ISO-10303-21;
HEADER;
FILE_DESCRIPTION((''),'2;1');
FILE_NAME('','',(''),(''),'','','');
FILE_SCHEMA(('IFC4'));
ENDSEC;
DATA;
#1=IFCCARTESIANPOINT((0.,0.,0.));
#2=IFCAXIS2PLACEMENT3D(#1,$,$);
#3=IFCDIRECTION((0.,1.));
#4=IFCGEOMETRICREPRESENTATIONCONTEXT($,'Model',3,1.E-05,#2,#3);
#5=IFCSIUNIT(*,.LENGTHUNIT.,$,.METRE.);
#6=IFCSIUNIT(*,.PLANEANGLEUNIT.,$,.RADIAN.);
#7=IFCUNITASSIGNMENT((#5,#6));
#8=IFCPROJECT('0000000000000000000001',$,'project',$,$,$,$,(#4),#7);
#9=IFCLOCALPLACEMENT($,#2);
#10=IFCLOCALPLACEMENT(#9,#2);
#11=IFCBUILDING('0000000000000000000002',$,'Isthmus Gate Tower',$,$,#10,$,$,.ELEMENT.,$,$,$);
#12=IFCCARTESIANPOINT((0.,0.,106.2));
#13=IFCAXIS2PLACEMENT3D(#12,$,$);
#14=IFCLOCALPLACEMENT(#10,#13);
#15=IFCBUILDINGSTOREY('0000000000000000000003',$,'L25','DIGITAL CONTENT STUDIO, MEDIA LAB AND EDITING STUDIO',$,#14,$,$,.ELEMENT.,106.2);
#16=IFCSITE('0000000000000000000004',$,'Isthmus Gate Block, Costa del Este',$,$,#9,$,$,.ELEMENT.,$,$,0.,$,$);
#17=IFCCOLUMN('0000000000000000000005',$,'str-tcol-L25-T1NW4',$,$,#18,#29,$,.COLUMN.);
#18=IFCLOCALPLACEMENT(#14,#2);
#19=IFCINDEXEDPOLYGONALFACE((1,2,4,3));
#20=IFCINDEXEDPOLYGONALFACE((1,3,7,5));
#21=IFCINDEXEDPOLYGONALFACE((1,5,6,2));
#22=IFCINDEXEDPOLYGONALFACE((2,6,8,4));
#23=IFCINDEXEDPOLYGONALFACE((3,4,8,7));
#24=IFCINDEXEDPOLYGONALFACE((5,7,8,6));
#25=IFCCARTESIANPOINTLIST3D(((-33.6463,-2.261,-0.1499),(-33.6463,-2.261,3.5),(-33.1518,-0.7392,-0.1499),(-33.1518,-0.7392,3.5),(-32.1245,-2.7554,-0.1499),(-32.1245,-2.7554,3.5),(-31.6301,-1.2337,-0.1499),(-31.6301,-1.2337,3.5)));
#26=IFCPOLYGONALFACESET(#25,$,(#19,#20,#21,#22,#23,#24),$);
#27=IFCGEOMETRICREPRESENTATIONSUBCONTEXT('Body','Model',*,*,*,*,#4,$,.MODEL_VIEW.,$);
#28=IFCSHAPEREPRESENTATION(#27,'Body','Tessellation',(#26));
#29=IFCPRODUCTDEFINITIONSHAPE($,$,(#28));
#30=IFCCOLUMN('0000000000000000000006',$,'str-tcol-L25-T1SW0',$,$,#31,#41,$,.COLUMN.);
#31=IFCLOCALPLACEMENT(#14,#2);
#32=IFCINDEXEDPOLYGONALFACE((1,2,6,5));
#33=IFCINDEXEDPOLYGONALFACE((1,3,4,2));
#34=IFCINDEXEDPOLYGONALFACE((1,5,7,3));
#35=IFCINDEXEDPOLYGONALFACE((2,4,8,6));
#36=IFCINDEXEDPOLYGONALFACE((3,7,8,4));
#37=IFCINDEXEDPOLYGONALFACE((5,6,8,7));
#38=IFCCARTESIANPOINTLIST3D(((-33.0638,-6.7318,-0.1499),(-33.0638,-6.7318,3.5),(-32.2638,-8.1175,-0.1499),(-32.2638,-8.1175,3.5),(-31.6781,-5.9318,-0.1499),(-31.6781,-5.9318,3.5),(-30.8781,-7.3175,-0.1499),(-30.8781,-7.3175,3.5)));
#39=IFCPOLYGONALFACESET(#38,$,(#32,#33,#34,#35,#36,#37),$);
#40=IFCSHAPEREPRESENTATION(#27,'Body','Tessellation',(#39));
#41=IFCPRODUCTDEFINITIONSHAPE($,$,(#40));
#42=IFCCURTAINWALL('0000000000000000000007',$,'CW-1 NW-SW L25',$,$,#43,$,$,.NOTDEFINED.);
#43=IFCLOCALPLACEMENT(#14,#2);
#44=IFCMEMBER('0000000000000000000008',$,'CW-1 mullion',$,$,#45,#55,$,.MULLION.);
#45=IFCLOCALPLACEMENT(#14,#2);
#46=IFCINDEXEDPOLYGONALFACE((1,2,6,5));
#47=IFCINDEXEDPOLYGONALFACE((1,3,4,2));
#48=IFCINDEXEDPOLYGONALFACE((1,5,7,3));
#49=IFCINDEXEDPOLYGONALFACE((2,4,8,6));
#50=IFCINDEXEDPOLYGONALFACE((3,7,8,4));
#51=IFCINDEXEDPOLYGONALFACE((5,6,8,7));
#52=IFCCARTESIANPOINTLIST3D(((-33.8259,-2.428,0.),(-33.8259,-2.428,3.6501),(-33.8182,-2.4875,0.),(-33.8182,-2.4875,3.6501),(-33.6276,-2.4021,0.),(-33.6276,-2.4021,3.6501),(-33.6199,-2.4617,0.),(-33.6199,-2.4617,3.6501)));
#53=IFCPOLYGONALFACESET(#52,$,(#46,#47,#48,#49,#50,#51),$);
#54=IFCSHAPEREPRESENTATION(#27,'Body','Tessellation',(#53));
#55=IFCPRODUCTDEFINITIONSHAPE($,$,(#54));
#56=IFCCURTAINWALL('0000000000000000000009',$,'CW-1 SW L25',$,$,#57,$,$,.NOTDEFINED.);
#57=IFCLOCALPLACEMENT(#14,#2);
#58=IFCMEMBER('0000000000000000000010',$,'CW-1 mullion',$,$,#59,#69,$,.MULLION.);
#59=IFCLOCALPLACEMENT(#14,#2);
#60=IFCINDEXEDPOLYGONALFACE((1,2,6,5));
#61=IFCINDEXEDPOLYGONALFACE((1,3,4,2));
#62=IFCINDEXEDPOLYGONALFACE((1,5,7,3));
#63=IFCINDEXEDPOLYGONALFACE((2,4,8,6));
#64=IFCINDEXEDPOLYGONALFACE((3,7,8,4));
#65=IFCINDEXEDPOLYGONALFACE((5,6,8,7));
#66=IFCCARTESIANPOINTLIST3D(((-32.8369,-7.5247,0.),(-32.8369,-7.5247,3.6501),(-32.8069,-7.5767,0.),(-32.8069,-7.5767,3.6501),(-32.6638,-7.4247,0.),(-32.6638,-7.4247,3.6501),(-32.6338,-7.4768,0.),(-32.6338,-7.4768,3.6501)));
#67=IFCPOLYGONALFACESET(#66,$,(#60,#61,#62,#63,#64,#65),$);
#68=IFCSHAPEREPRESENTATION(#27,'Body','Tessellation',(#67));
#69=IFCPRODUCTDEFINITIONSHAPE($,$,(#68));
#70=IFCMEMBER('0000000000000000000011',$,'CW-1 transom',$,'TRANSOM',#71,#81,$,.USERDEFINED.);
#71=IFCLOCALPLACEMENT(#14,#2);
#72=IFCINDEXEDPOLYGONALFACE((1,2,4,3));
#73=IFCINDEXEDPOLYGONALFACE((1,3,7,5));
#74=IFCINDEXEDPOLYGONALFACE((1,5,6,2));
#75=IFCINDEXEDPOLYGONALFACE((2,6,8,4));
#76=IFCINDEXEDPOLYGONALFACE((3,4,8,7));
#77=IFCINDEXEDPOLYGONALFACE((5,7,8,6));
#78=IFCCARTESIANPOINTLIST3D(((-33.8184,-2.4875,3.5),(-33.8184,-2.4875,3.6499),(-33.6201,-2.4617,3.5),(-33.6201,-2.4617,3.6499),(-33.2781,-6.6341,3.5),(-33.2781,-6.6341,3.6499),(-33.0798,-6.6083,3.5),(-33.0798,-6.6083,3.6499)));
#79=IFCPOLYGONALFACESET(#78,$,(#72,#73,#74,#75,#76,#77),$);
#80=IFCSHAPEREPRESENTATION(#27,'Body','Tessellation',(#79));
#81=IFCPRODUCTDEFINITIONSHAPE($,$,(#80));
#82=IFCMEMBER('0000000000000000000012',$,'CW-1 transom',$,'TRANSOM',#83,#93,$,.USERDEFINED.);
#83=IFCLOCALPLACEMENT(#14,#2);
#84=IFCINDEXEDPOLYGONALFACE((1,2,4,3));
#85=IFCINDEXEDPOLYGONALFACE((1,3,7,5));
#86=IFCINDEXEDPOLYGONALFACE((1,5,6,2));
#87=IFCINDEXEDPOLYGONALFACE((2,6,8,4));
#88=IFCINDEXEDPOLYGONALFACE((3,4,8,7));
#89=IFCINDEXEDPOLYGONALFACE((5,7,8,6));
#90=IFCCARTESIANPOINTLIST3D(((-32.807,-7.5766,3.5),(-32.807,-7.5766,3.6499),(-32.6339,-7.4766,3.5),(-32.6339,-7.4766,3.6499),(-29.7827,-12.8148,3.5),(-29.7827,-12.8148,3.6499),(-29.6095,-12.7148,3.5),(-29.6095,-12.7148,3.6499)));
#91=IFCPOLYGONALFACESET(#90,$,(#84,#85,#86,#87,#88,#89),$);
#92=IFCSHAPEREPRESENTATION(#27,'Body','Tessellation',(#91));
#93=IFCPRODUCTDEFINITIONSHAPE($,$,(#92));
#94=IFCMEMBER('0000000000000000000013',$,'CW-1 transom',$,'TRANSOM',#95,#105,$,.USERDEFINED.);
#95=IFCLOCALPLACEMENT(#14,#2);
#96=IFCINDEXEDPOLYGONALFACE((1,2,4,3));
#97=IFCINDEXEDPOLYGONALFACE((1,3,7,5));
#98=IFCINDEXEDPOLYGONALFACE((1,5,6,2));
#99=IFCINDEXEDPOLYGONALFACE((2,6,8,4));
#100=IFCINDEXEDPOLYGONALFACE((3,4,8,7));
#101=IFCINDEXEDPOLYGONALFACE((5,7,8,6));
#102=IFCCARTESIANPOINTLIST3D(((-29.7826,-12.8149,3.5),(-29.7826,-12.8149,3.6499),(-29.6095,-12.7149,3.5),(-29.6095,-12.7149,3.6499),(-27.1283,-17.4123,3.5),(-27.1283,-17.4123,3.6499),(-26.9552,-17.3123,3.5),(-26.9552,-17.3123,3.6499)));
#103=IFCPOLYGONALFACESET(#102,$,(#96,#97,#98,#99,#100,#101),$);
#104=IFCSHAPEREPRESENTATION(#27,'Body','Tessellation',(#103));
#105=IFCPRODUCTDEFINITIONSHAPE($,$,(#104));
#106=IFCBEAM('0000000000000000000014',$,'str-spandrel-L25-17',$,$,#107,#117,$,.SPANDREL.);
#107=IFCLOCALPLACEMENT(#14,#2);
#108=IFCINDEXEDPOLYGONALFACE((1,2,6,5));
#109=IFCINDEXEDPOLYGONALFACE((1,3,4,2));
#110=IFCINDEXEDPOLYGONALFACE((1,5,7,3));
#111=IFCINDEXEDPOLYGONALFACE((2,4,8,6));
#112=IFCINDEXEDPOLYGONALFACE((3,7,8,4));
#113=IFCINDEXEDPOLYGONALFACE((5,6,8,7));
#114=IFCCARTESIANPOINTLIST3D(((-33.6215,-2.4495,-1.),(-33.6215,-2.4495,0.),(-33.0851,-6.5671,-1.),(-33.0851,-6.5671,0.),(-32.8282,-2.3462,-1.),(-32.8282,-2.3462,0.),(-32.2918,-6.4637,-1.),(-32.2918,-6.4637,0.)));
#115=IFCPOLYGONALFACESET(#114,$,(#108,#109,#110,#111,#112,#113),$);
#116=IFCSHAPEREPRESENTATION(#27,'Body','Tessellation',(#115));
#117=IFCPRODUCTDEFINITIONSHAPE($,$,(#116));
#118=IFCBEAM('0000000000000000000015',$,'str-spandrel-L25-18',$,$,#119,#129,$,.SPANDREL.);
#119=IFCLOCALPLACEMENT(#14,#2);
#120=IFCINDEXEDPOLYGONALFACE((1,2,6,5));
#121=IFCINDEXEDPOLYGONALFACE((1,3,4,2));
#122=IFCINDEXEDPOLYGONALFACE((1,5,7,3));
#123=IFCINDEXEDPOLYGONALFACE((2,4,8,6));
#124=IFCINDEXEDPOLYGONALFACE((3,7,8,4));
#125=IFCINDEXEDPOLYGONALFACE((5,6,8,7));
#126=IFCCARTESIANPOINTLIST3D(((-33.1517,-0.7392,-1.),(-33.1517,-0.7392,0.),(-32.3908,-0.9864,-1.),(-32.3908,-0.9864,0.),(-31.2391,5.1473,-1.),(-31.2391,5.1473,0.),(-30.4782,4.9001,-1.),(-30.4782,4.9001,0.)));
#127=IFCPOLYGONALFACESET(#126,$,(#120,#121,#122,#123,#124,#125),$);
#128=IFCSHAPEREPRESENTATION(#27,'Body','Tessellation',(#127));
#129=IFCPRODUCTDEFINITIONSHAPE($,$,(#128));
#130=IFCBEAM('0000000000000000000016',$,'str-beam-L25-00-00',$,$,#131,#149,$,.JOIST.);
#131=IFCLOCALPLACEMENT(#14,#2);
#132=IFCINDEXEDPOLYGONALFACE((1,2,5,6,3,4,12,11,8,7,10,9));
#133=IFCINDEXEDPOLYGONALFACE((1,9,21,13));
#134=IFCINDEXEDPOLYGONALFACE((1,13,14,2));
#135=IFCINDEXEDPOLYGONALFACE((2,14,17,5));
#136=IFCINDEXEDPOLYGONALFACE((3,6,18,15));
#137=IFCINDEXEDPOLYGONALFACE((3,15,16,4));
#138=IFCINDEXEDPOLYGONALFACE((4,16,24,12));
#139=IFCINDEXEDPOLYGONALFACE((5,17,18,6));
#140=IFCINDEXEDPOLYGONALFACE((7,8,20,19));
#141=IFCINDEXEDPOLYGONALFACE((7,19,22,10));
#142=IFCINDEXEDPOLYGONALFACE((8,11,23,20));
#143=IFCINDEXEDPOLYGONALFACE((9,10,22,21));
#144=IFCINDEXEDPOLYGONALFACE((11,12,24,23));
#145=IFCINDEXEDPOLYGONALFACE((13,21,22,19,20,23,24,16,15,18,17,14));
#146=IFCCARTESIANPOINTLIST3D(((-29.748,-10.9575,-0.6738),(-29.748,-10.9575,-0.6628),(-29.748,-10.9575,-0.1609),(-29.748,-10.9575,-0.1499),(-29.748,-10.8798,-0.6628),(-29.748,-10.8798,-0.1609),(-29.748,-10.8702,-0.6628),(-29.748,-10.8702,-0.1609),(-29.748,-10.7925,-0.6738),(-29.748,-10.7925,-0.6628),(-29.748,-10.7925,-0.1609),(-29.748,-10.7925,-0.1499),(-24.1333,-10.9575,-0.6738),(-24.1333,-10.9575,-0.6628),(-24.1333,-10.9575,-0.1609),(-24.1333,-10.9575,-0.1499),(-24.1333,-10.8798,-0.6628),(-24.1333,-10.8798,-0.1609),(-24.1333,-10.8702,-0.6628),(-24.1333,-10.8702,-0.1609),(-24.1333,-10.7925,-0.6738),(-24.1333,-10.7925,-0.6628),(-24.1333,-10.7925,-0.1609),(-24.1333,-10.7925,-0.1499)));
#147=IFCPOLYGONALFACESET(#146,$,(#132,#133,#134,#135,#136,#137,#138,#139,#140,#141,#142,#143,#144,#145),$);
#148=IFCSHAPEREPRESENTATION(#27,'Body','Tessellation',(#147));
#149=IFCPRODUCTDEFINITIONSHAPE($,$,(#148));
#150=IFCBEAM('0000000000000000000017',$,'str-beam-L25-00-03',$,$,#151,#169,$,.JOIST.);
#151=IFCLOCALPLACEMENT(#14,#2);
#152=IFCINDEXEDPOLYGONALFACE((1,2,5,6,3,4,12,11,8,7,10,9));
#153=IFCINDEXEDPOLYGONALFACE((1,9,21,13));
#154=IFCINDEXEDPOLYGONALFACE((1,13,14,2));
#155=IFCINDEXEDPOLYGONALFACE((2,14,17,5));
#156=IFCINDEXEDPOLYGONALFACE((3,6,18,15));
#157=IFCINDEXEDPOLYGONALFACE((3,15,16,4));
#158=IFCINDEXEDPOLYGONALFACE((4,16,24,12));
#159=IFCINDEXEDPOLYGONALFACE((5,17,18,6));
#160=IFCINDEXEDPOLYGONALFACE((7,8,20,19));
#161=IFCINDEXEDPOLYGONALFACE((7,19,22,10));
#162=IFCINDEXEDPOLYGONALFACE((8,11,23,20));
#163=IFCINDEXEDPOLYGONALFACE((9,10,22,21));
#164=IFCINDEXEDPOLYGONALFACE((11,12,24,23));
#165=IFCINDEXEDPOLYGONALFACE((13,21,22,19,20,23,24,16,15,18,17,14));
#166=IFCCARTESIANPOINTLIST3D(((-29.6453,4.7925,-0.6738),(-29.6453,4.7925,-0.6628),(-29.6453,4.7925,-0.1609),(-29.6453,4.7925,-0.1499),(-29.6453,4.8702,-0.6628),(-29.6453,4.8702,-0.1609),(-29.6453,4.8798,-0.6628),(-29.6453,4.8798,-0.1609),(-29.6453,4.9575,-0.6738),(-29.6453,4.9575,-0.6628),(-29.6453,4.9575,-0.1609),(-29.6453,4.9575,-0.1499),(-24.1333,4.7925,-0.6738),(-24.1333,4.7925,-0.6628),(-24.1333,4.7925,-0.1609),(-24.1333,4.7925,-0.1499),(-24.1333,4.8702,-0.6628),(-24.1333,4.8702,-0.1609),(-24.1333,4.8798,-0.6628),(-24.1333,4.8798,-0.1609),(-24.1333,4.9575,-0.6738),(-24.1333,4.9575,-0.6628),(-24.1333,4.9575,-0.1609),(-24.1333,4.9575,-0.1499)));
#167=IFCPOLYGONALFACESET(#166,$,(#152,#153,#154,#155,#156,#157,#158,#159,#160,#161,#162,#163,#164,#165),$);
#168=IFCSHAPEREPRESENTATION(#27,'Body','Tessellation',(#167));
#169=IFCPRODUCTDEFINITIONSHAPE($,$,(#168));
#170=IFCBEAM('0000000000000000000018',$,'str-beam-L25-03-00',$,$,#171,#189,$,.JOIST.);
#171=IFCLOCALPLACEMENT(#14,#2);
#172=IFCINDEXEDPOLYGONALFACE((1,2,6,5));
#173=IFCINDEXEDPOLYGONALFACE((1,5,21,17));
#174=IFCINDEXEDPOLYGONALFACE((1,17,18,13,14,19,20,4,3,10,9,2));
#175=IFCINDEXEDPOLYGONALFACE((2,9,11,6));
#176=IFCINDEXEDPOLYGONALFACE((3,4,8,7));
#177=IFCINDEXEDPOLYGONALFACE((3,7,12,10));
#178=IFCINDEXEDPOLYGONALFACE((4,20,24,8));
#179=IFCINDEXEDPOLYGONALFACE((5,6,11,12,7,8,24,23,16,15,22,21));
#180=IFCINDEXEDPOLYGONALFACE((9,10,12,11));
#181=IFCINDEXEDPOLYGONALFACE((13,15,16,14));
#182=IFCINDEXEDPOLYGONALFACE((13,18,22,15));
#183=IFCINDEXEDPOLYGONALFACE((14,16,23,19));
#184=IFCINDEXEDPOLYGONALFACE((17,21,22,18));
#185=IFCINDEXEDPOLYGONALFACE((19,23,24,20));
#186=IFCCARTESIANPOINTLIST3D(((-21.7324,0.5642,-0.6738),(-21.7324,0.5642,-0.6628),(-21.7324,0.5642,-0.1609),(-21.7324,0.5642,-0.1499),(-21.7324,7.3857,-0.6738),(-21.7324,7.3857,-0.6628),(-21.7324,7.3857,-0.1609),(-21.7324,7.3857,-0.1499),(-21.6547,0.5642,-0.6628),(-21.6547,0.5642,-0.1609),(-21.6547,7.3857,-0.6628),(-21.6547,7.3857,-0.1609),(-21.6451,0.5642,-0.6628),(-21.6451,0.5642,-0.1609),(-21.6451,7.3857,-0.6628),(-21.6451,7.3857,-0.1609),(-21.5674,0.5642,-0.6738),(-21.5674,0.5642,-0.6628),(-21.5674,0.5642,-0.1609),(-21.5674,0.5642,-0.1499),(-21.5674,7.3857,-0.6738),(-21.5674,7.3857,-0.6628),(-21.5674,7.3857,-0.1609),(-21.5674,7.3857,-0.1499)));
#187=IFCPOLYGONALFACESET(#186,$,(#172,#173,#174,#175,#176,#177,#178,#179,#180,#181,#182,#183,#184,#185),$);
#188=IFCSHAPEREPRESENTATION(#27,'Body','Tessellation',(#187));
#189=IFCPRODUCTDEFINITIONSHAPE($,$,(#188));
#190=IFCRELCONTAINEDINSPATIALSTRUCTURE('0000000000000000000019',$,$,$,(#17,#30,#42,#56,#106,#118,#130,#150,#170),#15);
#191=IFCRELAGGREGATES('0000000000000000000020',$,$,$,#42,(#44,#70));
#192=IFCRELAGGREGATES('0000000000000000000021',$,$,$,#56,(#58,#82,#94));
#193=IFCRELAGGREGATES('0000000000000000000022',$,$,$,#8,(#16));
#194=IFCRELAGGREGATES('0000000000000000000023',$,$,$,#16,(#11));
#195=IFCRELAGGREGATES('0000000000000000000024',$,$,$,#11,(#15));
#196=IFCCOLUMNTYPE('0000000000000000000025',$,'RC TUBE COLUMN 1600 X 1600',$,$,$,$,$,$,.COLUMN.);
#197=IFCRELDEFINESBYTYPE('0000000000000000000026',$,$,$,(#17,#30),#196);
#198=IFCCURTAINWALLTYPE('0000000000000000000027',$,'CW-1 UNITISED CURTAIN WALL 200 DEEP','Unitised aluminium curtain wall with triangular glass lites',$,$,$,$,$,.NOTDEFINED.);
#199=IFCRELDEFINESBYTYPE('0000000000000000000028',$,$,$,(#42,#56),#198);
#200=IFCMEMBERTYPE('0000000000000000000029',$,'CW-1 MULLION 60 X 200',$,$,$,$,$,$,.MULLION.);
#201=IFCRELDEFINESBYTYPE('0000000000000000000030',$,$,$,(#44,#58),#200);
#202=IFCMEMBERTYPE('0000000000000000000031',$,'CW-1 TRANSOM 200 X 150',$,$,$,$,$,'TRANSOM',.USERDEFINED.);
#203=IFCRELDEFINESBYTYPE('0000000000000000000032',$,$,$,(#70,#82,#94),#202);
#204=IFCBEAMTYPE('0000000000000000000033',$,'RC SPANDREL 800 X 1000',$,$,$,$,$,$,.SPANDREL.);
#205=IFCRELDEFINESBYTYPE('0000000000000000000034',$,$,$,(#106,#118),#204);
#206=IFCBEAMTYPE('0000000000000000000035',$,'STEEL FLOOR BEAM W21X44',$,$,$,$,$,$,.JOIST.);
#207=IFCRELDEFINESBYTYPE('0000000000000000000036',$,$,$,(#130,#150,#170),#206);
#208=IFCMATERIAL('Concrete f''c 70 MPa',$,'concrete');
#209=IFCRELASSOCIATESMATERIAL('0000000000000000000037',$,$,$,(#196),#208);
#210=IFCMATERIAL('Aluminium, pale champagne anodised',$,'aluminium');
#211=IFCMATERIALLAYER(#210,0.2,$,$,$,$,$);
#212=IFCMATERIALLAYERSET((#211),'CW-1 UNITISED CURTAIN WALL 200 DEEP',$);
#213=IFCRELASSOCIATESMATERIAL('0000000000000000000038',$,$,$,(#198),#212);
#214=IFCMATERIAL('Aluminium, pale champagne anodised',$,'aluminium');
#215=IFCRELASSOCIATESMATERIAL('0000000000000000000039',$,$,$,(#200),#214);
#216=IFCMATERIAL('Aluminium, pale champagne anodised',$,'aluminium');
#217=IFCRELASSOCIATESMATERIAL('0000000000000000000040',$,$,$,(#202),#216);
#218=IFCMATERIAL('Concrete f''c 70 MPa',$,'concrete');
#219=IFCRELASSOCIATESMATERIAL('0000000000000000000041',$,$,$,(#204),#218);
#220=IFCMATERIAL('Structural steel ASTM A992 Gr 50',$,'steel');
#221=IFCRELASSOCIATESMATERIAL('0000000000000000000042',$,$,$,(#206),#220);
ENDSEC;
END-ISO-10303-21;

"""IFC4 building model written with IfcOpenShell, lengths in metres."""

from ifc_helpers import new_model, si_unit, direction, frame, origin, origin_2d, place, context, subcontext, project, spatial, rectangle, i_section, extrude, material, layer, layer_set, material_profile, profile_set, type_object, element, aggregate, save


model = new_model("IFC4")

# Units and contexts
model_context = context("Model", 3, precision=1e-05, world=origin(), true_north=direction((0.0, 1.0)))
body_context = subcontext(model_context, "Body", "Model", "MODEL_VIEW")
ifc_project = project(units=[si_unit("LENGTHUNIT", "METRE"), si_unit("PLANEANGLEUNIT", "RADIAN")], contexts=[model_context])

# Site, building, storey
site_placement = place(None, origin())
site = spatial("IfcSite", under=ifc_project, at=site_placement, Name="Isthmus Gate Block, Costa del Este", CompositionType="ELEMENT", RefElevation=0.0)
building_placement = place(site_placement, origin())
building = spatial("IfcBuilding", under=site, at=building_placement, Name="Isthmus Gate Tower", CompositionType="ELEMENT")
storey_placement = place(building_placement, frame((0.0, 0.0, 106.2)))
storey = spatial("IfcBuildingStorey", under=building, at=storey_placement, Name="L25", Description="DIGITAL CONTENT STUDIO, MEDIA LAB AND EDITING STUDIO", CompositionType="ELEMENT", Elevation=106.2)

# Columns
ifc_material_1 = material(Name="Concrete f'c 70 MPa", Category="concrete")
ifc_material_profile_1 = material_profile(ifc_material_1, rectangle(XDim=1.6001, YDim=1.6001, at=origin_2d()), Name="RC 1600X1600")
ifc_profile_set_1 = profile_set([ifc_material_profile_1], Name="Concrete f'c 70 MPa")
column_type = type_object("IfcColumnType", Name="RC TUBE COLUMN 1600 X 1600", PredefinedType="COLUMN", material=ifc_profile_set_1)
for number, where, z_axis, x_axis, name in (
    (1, (-32.6382, -1.7473, -0.1499), (0.0, 0.0, 1.0), (-0.309017, -0.951057, 0.0), "str-tcol-L25-T1NW4"),
    (2, (-31.9709, -7.0247, -0.1499), (0.0, 0.0, 1.0), (0.5, -0.866025, 0.0), "str-tcol-L25-T1SW0"),
):
    element("IfcColumn", number, at=place(storey_placement, frame(where, z_axis=z_axis, x_axis=x_axis)), inside=storey, type_object=column_type, Name=name, PredefinedType="COLUMN", context=body_context, shape_type="SweptSolid", body=[
        extrude(rectangle(XDim=1.6001, YDim=1.6001, at=origin_2d()), origin(), (0.0, 0.0, 1.0), 3.6499),
    ])

# Curtain walls, members
ifc_material_2 = material(Name="Aluminium, pale champagne anodised", Category="aluminium")
ifc_layer_1 = layer(ifc_material_2, 0.2)
ifc_layer_set_1 = layer_set([ifc_layer_1], Name="CW-1 UNITISED CURTAIN WALL 200 DEEP")
curtain_wall_type = type_object("IfcCurtainWallType", Name="CW-1 UNITISED CURTAIN WALL 200 DEEP", Description="Unitised aluminium curtain wall with triangular glass lites", PredefinedType="NOTDEFINED", material=ifc_layer_set_1)
curtain_wall_1_placement = place(storey_placement, origin())
curtain_wall_1 = element("IfcCurtainWall", 3, at=curtain_wall_1_placement, inside=storey, type_object=curtain_wall_type, Name="CW-1 NW-SW L25", PredefinedType="NOTDEFINED")
ifc_material_3 = material(Name="Aluminium, pale champagne anodised", Category="aluminium")
ifc_material_profile_2 = material_profile(ifc_material_3, rectangle(XDim=0.0601, YDim=0.2, at=origin_2d()), Name="60x200")
ifc_profile_set_2 = profile_set([ifc_material_profile_2], Name="Aluminium, pale champagne anodised")
member_type_1 = type_object("IfcMemberType", Name="CW-1 MULLION 60 X 200", PredefinedType="MULLION", material=ifc_profile_set_2)
member_1_placement = place(storey_placement, frame((-33.7229, -2.4448, 0.0), z_axis=(0.0, 0.0, 1.0), x_axis=(0.129165, -0.991623, 0.0)))
member_1 = element("IfcMember", 4, at=member_1_placement, type_object=member_type_1, Name="CW-1 mullion", PredefinedType="MULLION", context=body_context, shape_type="SweptSolid", body=[
    extrude(rectangle(XDim=0.0601, YDim=0.2, at=origin_2d()), origin(), (0.0, 0.0, 1.0), 3.6501),
])
curtain_wall_2_placement = place(storey_placement, origin())
curtain_wall_2 = element("IfcCurtainWall", 5, at=curtain_wall_2_placement, inside=storey, type_object=curtain_wall_type, Name="CW-1 SW L25", PredefinedType="NOTDEFINED")
member_2_placement = place(storey_placement, frame((-32.7354, -7.5007, 0.0), z_axis=(0.0, 0.0, 1.0), x_axis=(0.5, -0.866025, 0.0)))
member_2 = element("IfcMember", 6, at=member_2_placement, type_object=member_type_1, Name="CW-1 mullion", PredefinedType="MULLION", context=body_context, shape_type="SweptSolid", body=[
    extrude(rectangle(XDim=0.0601, YDim=0.2, at=origin_2d()), origin(), (0.0, 0.0, 1.0), 3.6501),
])

# Members
ifc_material_4 = material(Name="Aluminium, pale champagne anodised", Category="aluminium")
ifc_material_profile_3 = material_profile(ifc_material_4, rectangle(XDim=0.2, YDim=0.1499, at=origin_2d()), Name="200x150")
ifc_profile_set_3 = profile_set([ifc_material_profile_3], Name="Aluminium, pale champagne anodised")
member_type_2 = type_object("IfcMemberType", Name="CW-1 TRANSOM 200 X 150", ElementType="TRANSOM", PredefinedType="USERDEFINED", material=ifc_profile_set_3)
member_3_placement = place(storey_placement, frame((-33.7192, -2.4746, 3.575), z_axis=(0.129207, -0.991618, 0.0), x_axis=(0.991618, 0.129207, 0.0)))
member_3 = element("IfcMember", 7, at=member_3_placement, type_object=member_type_2, Name="CW-1 transom", ObjectType="TRANSOM", PredefinedType="USERDEFINED", context=body_context, shape_type="SweptSolid", body=[
    extrude(rectangle(XDim=0.2, YDim=0.1499, at=origin_2d()), origin(), (0.0, 0.0, 1.0), 4.1816),
])
member_4_placement = place(storey_placement, frame((-32.7205, -7.5266, 3.575), z_axis=(0.500011, -0.866019, 0.0), x_axis=(0.866019, 0.500011, 0.0)))
member_4 = element("IfcMember", 8, at=member_4_placement, type_object=member_type_2, Name="CW-1 transom", ObjectType="TRANSOM", PredefinedType="USERDEFINED", context=body_context, shape_type="SweptSolid", body=[
    extrude(rectangle(XDim=0.2, YDim=0.1499, at=origin_2d()), origin(), (0.0, 0.0, 1.0), 6.0486),
])
member_5_placement = place(storey_placement, frame((-29.696, -12.7649, 3.575), z_axis=(0.499997, -0.866027, 0.0), x_axis=(0.866027, 0.499997, 0.0)))
member_5 = element("IfcMember", 9, at=member_5_placement, type_object=member_type_2, Name="CW-1 transom", ObjectType="TRANSOM", PredefinedType="USERDEFINED", context=body_context, shape_type="SweptSolid", body=[
    extrude(rectangle(XDim=0.2, YDim=0.1499, at=origin_2d()), origin(), (0.0, 0.0, 1.0), 5.3086),
])

# Beams
ifc_material_5 = material(Name="Concrete f'c 70 MPa", Category="concrete")
ifc_material_profile_4 = material_profile(ifc_material_5, rectangle(XDim=0.8, YDim=1.0, at=origin_2d()), Name="RC 800X1000")
ifc_profile_set_4 = profile_set([ifc_material_profile_4], Name="Concrete f'c 70 MPa")
beam_type_1 = type_object("IfcBeamType", Name="RC SPANDREL 800 X 1000", PredefinedType="SPANDREL", material=ifc_profile_set_4)
beam_1_placement = place(storey_placement, frame((-32.6885, -6.5154, -0.5), z_axis=(-0.129171, 0.991622, 0.0), x_axis=(-0.991622, -0.129171, 0.0)))
element("IfcBeam", 10, at=beam_1_placement, inside=storey, type_object=beam_type_1, Name="str-spandrel-L25-17", PredefinedType="SPANDREL", context=body_context, shape_type="SweptSolid", body=[
    extrude(rectangle(XDim=0.8, YDim=1.0, at=origin_2d()), origin(), (0.0, 0.0, 1.0), 4.1523),
])
beam_2_placement = place(storey_placement, frame((-32.7712, -0.8628, -0.5), z_axis=(0.309012, 0.951058, 0.0), x_axis=(-0.951058, 0.309012, 0.0)))
element("IfcBeam", 11, at=beam_2_placement, inside=storey, type_object=beam_type_1, Name="str-spandrel-L25-18", PredefinedType="SPANDREL", context=body_context, shape_type="SweptSolid", body=[
    extrude(rectangle(XDim=0.8, YDim=1.0, at=origin_2d()), origin(), (0.0, 0.0, 1.0), 6.1895),
])
ifc_material_6 = material(Name="Structural steel ASTM A992 Gr 50", Category="steel")
ifc_material_profile_5 = material_profile(ifc_material_6, i_section(OverallWidth=0.165, OverallDepth=0.5239, WebThickness=0.0095, FlangeThickness=0.011, at=origin_2d()), Name="W21X44")
ifc_profile_set_5 = profile_set([ifc_material_profile_5], Name="Structural steel ASTM A992 Gr 50")
beam_type_2 = type_object("IfcBeamType", Name="STEEL FLOOR BEAM W21X44", PredefinedType="JOIST", material=ifc_profile_set_5)
beam_3_placement = place(storey_placement, frame((-29.748, -10.875, -0.4119), z_axis=(1.0, 0.0, 0.0), x_axis=(0.0, 1.0, 0.0)))
element("IfcBeam", 12, at=beam_3_placement, inside=storey, type_object=beam_type_2, Name="str-beam-L25-00-00", PredefinedType="JOIST", context=body_context, shape_type="SweptSolid", body=[
    extrude(i_section(OverallWidth=0.165, OverallDepth=0.5239, WebThickness=0.0095, FlangeThickness=0.011, at=origin_2d()), origin(), (0.0, 0.0, 1.0), 5.6147),
])
beam_4_placement = place(storey_placement, frame((-29.6453, 4.875, -0.4119), z_axis=(1.0, 0.0, 0.0), x_axis=(0.0, 1.0, 0.0)))
element("IfcBeam", 13, at=beam_4_placement, inside=storey, type_object=beam_type_2, Name="str-beam-L25-00-03", PredefinedType="JOIST", context=body_context, shape_type="SweptSolid", body=[
    extrude(i_section(OverallWidth=0.165, OverallDepth=0.5239, WebThickness=0.0095, FlangeThickness=0.011, at=origin_2d()), origin(), (0.0, 0.0, 1.0), 5.512),
])
beam_5_placement = place(storey_placement, frame((-21.6499, 0.5642, -0.4119), z_axis=(0.0, 1.0, 0.0), x_axis=(-1.0, 0.0, 0.0)))
element("IfcBeam", 14, at=beam_5_placement, inside=storey, type_object=beam_type_2, Name="str-beam-L25-03-00", PredefinedType="JOIST", context=body_context, shape_type="SweptSolid", body=[
    extrude(i_section(OverallWidth=0.165, OverallDepth=0.5239, WebThickness=0.0095, FlangeThickness=0.011, at=origin_2d()), origin(), (0.0, 0.0, 1.0), 6.8215),
])

aggregate(curtain_wall_1, [member_1, member_3])
aggregate(curtain_wall_2, [member_2, member_4, member_5])

save(model, "model.ifc")
